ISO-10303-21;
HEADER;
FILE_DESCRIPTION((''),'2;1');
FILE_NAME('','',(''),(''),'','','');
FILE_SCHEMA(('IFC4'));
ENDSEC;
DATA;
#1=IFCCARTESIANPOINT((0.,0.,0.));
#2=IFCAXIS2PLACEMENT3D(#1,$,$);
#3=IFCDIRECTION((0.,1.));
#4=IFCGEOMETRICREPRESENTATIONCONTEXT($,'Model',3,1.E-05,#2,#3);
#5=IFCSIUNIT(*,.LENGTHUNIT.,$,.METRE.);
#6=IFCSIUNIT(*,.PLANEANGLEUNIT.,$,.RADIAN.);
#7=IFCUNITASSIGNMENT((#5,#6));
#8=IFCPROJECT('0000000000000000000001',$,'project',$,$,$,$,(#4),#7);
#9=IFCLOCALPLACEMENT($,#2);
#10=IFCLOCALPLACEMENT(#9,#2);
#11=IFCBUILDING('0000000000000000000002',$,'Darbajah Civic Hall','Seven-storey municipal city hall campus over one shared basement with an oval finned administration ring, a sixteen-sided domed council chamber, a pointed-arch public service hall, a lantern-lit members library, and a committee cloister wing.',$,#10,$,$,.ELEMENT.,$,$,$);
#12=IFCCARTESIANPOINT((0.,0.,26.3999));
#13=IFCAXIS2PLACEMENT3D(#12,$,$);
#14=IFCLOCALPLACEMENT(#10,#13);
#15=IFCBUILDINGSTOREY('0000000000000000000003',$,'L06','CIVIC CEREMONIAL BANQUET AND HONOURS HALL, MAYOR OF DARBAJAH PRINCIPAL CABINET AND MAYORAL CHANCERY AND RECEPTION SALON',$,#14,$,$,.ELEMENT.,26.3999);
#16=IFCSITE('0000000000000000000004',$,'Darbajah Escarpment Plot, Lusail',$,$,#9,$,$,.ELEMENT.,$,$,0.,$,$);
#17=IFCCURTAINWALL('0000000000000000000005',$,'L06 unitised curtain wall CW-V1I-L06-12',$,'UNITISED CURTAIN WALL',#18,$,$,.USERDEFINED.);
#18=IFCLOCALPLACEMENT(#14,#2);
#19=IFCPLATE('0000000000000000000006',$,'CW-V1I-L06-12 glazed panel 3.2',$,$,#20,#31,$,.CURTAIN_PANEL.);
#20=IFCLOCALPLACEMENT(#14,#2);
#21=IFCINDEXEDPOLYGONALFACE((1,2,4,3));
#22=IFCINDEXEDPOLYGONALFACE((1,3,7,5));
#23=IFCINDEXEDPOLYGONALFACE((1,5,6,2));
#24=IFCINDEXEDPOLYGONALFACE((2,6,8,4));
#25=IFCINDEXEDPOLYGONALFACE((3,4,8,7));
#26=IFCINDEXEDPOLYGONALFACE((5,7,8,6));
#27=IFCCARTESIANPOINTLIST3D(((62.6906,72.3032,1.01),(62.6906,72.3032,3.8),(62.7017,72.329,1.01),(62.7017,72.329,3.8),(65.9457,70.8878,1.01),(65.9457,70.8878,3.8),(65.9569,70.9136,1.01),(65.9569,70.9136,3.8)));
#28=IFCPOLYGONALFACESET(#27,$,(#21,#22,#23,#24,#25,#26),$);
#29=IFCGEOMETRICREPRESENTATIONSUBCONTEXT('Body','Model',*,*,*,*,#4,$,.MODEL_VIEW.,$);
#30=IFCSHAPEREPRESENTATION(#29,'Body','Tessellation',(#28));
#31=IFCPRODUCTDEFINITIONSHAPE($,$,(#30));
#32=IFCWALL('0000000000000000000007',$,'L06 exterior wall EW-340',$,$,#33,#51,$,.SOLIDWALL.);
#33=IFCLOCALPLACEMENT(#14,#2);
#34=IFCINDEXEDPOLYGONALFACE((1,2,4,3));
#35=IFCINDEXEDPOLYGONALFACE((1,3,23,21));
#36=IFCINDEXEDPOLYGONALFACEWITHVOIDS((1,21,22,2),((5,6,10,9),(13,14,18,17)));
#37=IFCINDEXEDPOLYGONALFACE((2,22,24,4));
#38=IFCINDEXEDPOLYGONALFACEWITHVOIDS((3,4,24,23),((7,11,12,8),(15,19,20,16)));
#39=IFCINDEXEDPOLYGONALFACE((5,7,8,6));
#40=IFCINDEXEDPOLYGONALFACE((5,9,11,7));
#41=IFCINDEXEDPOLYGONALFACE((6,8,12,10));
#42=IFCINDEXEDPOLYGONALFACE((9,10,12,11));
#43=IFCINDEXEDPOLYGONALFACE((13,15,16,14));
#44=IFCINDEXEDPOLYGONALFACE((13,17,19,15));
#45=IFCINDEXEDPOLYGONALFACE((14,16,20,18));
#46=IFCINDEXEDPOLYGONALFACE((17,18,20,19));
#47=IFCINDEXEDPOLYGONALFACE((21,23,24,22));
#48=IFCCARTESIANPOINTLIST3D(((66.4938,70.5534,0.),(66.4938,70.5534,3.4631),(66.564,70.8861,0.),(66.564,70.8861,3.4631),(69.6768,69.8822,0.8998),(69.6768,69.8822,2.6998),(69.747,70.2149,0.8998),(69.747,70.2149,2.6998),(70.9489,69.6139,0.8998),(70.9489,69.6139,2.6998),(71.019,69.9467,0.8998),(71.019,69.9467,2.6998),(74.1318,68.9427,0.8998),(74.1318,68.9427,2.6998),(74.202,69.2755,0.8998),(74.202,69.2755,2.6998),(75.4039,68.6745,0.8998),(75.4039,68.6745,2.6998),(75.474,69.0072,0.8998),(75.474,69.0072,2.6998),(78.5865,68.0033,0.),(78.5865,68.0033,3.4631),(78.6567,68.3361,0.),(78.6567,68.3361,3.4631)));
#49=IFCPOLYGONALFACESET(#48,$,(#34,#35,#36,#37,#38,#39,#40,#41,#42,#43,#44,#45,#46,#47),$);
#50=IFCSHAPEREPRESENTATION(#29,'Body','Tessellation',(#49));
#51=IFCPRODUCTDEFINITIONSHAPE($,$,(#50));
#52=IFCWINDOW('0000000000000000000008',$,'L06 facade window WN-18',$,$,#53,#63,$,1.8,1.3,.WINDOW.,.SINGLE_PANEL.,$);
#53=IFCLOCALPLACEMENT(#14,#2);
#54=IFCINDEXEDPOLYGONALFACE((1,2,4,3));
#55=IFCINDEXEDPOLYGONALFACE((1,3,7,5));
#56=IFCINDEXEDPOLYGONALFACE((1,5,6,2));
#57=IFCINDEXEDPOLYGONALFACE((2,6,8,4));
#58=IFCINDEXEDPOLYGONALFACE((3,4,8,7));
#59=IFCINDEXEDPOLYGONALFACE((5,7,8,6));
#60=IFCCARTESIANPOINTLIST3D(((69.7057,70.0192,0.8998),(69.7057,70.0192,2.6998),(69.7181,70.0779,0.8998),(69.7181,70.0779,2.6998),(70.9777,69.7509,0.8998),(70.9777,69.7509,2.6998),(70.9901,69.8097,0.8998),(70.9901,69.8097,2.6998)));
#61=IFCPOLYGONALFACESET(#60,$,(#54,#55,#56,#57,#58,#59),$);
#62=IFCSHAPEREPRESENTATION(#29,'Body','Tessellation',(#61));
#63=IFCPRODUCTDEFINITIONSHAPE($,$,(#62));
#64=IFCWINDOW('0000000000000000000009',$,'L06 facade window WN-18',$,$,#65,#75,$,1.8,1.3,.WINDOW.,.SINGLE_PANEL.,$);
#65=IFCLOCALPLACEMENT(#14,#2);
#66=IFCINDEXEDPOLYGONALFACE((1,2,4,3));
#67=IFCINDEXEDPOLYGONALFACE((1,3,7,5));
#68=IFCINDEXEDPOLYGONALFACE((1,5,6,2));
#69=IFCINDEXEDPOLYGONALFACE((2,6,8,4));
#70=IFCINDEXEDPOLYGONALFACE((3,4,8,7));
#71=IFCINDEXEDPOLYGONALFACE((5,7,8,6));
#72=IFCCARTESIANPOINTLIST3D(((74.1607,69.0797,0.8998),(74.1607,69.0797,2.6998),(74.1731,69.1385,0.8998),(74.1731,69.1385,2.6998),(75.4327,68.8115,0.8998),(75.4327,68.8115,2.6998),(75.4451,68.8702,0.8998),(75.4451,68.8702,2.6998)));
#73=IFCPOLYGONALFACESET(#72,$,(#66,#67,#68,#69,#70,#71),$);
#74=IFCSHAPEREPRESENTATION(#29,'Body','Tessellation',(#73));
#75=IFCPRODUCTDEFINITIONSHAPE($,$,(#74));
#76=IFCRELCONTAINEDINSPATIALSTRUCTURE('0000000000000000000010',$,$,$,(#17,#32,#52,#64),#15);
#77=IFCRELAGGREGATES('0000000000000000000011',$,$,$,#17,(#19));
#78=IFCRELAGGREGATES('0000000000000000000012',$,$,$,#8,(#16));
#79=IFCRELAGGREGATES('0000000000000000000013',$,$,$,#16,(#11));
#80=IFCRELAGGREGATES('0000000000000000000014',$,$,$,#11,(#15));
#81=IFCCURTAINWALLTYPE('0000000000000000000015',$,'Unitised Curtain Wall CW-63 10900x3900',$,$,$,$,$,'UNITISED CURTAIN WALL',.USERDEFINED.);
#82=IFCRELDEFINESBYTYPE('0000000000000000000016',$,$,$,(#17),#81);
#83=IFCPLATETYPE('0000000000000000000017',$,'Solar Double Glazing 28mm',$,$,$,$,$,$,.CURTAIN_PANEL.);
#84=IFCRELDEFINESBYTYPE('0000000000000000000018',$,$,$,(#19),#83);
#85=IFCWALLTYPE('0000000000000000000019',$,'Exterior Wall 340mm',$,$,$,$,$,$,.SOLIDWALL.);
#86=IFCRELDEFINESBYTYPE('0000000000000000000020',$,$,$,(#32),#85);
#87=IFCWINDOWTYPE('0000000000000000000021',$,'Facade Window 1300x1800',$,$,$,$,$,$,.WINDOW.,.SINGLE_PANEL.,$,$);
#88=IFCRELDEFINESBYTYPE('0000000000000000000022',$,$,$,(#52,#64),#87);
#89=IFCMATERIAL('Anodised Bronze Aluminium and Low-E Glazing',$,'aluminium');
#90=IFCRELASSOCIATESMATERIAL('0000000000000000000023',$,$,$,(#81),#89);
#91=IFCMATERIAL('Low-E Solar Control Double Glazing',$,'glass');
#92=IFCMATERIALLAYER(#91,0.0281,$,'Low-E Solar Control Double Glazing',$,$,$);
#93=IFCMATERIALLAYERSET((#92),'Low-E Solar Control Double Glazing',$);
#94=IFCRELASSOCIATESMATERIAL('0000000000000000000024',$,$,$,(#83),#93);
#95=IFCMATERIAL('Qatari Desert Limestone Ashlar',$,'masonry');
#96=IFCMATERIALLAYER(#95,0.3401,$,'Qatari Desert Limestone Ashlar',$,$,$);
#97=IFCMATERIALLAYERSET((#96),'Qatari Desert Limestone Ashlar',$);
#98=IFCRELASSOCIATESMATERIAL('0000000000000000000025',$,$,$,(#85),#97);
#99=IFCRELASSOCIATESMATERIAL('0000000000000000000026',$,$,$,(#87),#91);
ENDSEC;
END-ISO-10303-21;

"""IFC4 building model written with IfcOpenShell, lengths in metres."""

from ifc_helpers import new_model, si_unit, direction, frame, frame_2d, origin, origin_2d, place, context, subcontext, project, spatial, rectangle, extrude, material, layer, layer_set, type_object, element, fill, aggregate, save


model = new_model("IFC4")

# Units and contexts
model_context = context("Model", 3, precision=1e-05, world=origin(), true_north=direction((0.0, 1.0)))
body_context = subcontext(model_context, "Body", "Model", "MODEL_VIEW")
ifc_project = project(units=[si_unit("LENGTHUNIT", "METRE"), si_unit("PLANEANGLEUNIT", "RADIAN")], contexts=[model_context])

# Site, building, storey
site_placement = place(None, origin())
site = spatial("IfcSite", under=ifc_project, at=site_placement, Name="Darbajah Escarpment Plot, Lusail", CompositionType="ELEMENT", RefElevation=0.0)
building_placement = place(site_placement, origin())
building = spatial("IfcBuilding", under=site, at=building_placement, Name="Darbajah Civic Hall", Description="Seven-storey municipal city hall campus over one shared basement with an oval finned administration ring, a sixteen-sided domed council chamber, a pointed-arch public service hall, a lantern-lit members library, and a committee cloister wing.", CompositionType="ELEMENT")
storey_placement = place(building_placement, frame((0.0, 0.0, 26.3999)))
storey = spatial("IfcBuildingStorey", under=building, at=storey_placement, Name="L06", Description="CIVIC CEREMONIAL BANQUET AND HONOURS HALL, MAYOR OF DARBAJAH PRINCIPAL CABINET AND MAYORAL CHANCERY AND RECEPTION SALON", CompositionType="ELEMENT", Elevation=26.3999)

# Curtain wall
ifc_material_1 = material(Name="Anodised Bronze Aluminium and Low-E Glazing", Category="aluminium")
curtain_wall_type = type_object("IfcCurtainWallType", Name="Unitised Curtain Wall CW-63 10900x3900", ElementType="UNITISED CURTAIN WALL", PredefinedType="USERDEFINED", material=ifc_material_1)
curtain_wall_placement = place(storey_placement, origin())
curtain_wall = element("IfcCurtainWall", 1, at=curtain_wall_placement, inside=storey, type_object=curtain_wall_type, Name="L06 unitised curtain wall CW-V1I-L06-12", ObjectType="UNITISED CURTAIN WALL", PredefinedType="USERDEFINED")

# Plate
ifc_material_2 = material(Name="Low-E Solar Control Double Glazing", Category="glass")
ifc_layer_1 = layer(ifc_material_2, 0.0281, Name="Low-E Solar Control Double Glazing")
ifc_layer_set_1 = layer_set([ifc_layer_1], Name="Low-E Solar Control Double Glazing")
plate_type = type_object("IfcPlateType", Name="Solar Double Glazing 28mm", PredefinedType="CURTAIN_PANEL", material=ifc_layer_set_1)
plate_1_placement = place(storey_placement, frame((64.3237, 71.6084, 1.01), z_axis=(0.0, 0.0, 1.0), x_axis=(0.91706, -0.398749, 0.0)))
plate_1 = element("IfcPlate", 2, at=plate_1_placement, type_object=plate_type, Name="CW-V1I-L06-12 glazed panel 3.2", PredefinedType="CURTAIN_PANEL", context=body_context, shape_type="SweptSolid", body=[
    extrude(rectangle(XDim=3.5496, YDim=0.0281, at=origin_2d()), origin(), (0.0, 0.0, 1.0), 2.79),
])
aggregate(curtain_wall, [plate_1])

# Wall, openings, windows
ifc_material_3 = material(Name="Qatari Desert Limestone Ashlar", Category="masonry")
ifc_layer_2 = layer(ifc_material_3, 0.3401, Name="Qatari Desert Limestone Ashlar")
ifc_layer_set_2 = layer_set([ifc_layer_2], Name="Qatari Desert Limestone Ashlar")
wall_type_1 = type_object("IfcWallType", Name="Exterior Wall 340mm", PredefinedType="SOLIDWALL", material=ifc_layer_set_2)
wall_1_placement = place(storey_placement, frame((66.5291, 70.7197, 0.0), z_axis=(0.0, 0.0, 1.0), x_axis=(0.978481, -0.206336, 0.0)))
wall_1 = element("IfcWall", 3, at=wall_1_placement, inside=storey, type_object=wall_type_1, Name="L06 exterior wall EW-340", PredefinedType="SOLIDWALL", context=body_context, shape_type="SweptSolid", body=[
    extrude(rectangle(XDim=12.3586, YDim=0.3401, at=frame_2d((6.1792, 0.0))), origin(), (0.0, 0.0, 1.0), 3.4631),
])
opening_1_placement = place(wall_1_placement, frame((3.2529, 0.0, 0.8999)))
opening_1 = element("IfcOpeningElement", 4, at=opening_1_placement, cuts=wall_1, PredefinedType="OPENING", context=body_context, shape_type="SweptSolid", body=[
    extrude(rectangle(XDim=1.3, YDim=1.8, at=frame_2d((0.6499, 0.8999))), frame((0.0, 0.1799, 0.0), z_axis=(0.0, -1.0, 0.0), x_axis=(1.0, 0.0, 0.0)), (0.0, 0.0, 1.0), 0.3601),
])
opening_2_placement = place(wall_1_placement, frame((7.8059, 0.0, 0.8999)))
opening_2 = element("IfcOpeningElement", 5, at=opening_2_placement, cuts=wall_1, PredefinedType="OPENING", context=body_context, shape_type="SweptSolid", body=[
    extrude(rectangle(XDim=1.3, YDim=1.8, at=frame_2d((0.6499, 0.8999))), frame((0.0, 0.1799, 0.0), z_axis=(0.0, -1.0, 0.0), x_axis=(1.0, 0.0, 0.0)), (0.0, 0.0, 1.0), 0.3601),
])
window_type = type_object("IfcWindowType", Name="Facade Window 1300x1800", PartitioningType="SINGLE_PANEL", PredefinedType="WINDOW", material=ifc_material_2)
window_1_placement = place(opening_1_placement, origin())
window_1 = element("IfcWindow", 6, at=window_1_placement, inside=storey, type_object=window_type, Name="L06 facade window WN-18", OverallHeight=1.8, OverallWidth=1.3, PartitioningType="SINGLE_PANEL", PredefinedType="WINDOW", context=body_context, shape_type="SweptSolid", body=[
    extrude(rectangle(XDim=1.3, YDim=1.8, at=frame_2d((0.6499, 0.8999))), frame((0.0, 0.03, 0.0), z_axis=(0.0, -1.0, 0.0), x_axis=(1.0, 0.0, 0.0)), (0.0, 0.0, 1.0), 0.0601),
])
fill(opening_1, window_1)
window_2_placement = place(opening_2_placement, origin())
window_2 = element("IfcWindow", 7, at=window_2_placement, inside=storey, type_object=window_type, Name="L06 facade window WN-18", OverallHeight=1.8, OverallWidth=1.3, PartitioningType="SINGLE_PANEL", PredefinedType="WINDOW", context=body_context, shape_type="SweptSolid", body=[
    extrude(rectangle(XDim=1.3, YDim=1.8, at=frame_2d((0.6499, 0.8999))), frame((0.0, 0.03, 0.0), z_axis=(0.0, -1.0, 0.0), x_axis=(1.0, 0.0, 0.0)), (0.0, 0.0, 1.0), 0.0601),
])
fill(opening_2, window_2)

save(model, "model.ifc")
